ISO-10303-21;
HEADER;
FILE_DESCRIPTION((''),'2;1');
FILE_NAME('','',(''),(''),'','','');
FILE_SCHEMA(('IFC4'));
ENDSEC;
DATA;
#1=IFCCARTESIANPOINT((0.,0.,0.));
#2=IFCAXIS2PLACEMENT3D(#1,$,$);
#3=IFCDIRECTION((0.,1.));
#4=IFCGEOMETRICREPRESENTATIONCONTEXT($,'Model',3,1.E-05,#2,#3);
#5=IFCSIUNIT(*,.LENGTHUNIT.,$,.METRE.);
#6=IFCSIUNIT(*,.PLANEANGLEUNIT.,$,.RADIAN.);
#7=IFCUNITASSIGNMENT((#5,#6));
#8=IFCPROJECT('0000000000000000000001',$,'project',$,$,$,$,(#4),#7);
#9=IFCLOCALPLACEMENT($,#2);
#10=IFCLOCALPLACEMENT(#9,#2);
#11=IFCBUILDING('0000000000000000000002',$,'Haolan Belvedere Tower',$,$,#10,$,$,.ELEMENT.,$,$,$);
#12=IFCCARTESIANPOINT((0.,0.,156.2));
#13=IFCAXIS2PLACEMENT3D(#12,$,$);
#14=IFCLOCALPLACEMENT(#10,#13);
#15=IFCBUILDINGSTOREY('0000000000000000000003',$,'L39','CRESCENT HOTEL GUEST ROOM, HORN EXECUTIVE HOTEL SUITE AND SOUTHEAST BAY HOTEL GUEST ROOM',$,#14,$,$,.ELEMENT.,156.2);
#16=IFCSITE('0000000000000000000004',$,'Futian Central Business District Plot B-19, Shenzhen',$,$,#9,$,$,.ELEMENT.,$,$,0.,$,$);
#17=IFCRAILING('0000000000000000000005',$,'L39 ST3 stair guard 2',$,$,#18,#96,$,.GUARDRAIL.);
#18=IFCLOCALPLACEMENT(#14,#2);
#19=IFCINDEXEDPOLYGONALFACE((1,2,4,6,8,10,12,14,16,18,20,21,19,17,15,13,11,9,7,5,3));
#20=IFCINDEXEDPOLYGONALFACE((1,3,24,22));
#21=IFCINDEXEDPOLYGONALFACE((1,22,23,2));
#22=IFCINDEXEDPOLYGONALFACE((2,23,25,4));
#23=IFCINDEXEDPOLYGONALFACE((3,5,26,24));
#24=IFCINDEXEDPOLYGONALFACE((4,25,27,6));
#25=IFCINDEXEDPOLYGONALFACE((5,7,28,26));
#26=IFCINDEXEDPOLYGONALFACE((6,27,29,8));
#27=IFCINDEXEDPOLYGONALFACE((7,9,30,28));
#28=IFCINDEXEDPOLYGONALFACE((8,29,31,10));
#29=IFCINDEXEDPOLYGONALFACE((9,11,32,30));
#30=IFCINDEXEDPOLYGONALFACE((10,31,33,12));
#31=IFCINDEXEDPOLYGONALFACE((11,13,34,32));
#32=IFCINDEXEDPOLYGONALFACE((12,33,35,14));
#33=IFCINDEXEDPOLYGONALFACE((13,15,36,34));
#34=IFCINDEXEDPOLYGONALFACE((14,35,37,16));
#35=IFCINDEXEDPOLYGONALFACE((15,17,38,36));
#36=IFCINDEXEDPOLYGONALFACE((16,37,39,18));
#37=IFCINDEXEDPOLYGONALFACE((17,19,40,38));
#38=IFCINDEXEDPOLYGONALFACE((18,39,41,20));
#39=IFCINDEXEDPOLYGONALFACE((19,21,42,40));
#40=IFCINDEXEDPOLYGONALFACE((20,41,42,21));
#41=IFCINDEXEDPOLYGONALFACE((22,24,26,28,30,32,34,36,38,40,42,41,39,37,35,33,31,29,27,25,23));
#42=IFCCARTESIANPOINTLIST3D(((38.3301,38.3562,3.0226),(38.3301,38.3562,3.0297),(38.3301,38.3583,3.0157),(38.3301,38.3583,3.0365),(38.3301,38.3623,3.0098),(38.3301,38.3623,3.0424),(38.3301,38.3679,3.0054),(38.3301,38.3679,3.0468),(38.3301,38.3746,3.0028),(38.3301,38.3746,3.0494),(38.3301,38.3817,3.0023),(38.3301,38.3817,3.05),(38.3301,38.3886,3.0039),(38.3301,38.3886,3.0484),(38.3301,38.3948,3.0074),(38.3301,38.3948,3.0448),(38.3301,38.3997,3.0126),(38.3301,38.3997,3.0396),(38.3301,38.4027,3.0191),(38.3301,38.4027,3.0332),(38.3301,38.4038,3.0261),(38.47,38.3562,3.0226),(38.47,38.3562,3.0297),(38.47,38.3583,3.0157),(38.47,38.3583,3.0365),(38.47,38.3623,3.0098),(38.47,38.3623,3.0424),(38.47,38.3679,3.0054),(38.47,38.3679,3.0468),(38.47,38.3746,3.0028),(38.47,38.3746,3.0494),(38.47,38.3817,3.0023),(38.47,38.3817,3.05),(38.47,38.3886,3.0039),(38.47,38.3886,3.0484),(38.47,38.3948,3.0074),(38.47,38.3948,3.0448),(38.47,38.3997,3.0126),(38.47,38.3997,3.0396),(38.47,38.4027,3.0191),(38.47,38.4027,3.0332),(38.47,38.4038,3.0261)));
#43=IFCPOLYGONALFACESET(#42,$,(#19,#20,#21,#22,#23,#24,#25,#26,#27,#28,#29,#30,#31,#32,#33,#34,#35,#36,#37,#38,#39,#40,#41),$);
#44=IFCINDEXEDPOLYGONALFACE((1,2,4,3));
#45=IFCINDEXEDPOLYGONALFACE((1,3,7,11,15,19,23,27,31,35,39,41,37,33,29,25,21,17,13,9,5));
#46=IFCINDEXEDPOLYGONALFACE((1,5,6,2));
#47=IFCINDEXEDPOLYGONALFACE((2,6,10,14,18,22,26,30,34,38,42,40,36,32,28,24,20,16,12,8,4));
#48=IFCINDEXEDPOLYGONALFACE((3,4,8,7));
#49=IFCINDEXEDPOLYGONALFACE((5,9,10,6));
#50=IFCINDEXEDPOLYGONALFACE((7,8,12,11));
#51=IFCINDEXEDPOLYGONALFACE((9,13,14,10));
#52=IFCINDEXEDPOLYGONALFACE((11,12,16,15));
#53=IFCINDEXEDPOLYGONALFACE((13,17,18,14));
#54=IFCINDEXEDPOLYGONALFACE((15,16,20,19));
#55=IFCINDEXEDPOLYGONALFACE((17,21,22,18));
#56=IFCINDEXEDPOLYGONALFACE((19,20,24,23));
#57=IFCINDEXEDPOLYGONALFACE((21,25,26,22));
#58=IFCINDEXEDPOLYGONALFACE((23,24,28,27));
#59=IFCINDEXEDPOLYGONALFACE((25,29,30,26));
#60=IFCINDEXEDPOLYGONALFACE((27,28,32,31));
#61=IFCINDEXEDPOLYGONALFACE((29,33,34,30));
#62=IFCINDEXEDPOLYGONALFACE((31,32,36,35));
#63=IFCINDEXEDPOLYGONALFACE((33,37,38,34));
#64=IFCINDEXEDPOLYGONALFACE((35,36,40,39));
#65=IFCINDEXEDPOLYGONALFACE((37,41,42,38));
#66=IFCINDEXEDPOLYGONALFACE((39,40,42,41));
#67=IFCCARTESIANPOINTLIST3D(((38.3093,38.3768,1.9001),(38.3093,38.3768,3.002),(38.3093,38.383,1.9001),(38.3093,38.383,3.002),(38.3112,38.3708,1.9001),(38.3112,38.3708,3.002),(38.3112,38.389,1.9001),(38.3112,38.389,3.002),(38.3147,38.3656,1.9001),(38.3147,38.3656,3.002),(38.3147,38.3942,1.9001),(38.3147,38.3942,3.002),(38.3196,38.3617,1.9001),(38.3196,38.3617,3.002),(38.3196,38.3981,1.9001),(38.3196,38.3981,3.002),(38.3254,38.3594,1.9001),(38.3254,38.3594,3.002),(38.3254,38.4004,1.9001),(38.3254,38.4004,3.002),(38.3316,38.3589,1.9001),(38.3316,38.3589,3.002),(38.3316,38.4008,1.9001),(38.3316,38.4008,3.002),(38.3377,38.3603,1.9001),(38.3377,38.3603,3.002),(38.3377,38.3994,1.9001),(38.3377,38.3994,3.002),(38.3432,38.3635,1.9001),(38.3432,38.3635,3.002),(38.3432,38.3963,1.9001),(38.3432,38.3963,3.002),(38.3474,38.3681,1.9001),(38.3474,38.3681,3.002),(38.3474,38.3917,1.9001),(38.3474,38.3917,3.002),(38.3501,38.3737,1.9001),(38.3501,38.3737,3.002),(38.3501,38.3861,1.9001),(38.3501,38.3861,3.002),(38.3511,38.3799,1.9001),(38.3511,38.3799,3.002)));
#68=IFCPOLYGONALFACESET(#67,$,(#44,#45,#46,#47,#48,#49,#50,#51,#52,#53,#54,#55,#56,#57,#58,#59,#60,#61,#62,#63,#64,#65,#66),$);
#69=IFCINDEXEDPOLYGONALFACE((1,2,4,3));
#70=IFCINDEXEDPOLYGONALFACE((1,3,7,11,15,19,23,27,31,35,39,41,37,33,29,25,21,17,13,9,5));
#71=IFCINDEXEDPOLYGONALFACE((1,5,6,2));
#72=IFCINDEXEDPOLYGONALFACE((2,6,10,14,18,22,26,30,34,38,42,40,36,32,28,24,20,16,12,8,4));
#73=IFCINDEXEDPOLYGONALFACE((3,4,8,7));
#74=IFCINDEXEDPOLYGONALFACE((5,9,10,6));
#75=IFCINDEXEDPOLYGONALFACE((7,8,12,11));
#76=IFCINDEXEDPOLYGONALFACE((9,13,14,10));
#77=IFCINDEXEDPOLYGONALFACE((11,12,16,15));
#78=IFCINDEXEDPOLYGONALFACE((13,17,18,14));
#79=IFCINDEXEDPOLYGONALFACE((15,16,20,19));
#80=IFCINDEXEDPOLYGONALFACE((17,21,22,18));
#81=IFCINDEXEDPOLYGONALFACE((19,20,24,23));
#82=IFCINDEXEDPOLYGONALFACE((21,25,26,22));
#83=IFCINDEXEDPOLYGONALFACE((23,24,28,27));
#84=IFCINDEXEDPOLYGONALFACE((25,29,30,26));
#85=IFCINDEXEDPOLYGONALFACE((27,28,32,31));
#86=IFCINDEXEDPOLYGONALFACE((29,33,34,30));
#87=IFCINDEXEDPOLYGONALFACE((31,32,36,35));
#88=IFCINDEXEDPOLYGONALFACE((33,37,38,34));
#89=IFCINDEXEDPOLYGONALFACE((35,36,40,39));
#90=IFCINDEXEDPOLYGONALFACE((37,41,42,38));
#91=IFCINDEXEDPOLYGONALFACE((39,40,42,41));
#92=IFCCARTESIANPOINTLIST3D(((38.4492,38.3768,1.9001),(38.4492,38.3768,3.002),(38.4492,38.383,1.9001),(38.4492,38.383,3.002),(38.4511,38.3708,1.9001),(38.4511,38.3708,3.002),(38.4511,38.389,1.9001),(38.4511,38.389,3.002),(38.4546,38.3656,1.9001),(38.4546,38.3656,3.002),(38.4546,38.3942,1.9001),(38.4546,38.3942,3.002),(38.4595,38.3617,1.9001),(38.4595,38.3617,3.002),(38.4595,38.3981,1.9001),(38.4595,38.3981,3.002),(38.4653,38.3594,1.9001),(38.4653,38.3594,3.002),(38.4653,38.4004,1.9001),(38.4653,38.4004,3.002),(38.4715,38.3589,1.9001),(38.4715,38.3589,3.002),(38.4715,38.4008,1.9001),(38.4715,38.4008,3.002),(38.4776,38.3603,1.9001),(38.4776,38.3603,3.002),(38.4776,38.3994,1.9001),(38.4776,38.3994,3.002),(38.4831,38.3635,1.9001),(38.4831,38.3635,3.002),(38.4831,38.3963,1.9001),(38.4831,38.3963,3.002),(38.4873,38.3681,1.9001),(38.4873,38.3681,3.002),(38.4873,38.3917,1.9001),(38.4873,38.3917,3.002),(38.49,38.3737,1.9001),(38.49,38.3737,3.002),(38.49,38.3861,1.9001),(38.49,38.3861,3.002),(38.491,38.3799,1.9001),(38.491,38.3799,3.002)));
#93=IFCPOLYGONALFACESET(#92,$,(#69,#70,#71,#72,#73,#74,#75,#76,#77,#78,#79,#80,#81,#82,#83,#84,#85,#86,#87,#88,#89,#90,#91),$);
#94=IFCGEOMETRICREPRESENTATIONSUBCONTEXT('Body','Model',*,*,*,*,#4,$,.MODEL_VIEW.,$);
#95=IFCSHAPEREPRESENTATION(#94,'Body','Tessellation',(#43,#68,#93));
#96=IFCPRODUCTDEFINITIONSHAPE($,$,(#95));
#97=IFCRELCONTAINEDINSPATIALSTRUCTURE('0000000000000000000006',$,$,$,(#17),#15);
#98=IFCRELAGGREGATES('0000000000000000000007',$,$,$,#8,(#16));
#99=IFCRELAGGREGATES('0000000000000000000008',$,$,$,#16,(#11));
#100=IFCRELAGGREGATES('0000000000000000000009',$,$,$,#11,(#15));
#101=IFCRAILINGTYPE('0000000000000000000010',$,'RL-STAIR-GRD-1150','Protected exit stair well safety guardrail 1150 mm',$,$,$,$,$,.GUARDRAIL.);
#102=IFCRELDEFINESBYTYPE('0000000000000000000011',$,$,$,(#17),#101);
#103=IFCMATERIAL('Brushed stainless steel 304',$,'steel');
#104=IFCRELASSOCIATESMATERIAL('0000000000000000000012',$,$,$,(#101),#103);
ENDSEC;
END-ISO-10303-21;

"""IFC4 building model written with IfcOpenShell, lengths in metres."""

from ifc_helpers import new_model, si_unit, direction, frame, origin, origin_2d, place, context, subcontext, project, spatial, circle, extrude, material, type_object, element, save


model = new_model("IFC4")

# Units and contexts
model_context = context("Model", 3, precision=1e-05, world=origin(), true_north=direction((0.0, 1.0)))
body_context = subcontext(model_context, "Body", "Model", "MODEL_VIEW")
ifc_project = project(units=[si_unit("LENGTHUNIT", "METRE"), si_unit("PLANEANGLEUNIT", "RADIAN")], contexts=[model_context])

# Site, building, storey
site_placement = place(None, origin())
site = spatial("IfcSite", under=ifc_project, at=site_placement, Name="Futian Central Business District Plot B-19, Shenzhen", CompositionType="ELEMENT", RefElevation=0.0)
building_placement = place(site_placement, origin())
building = spatial("IfcBuilding", under=site, at=building_placement, Name="Haolan Belvedere Tower", CompositionType="ELEMENT")
storey_placement = place(building_placement, frame((0.0, 0.0, 156.2)))
storey = spatial("IfcBuildingStorey", under=building, at=storey_placement, Name="L39", Description="CRESCENT HOTEL GUEST ROOM, HORN EXECUTIVE HOTEL SUITE AND SOUTHEAST BAY HOTEL GUEST ROOM", CompositionType="ELEMENT", Elevation=156.2)

# Railing
ifc_material_1 = material(Name="Brushed stainless steel 304", Category="steel")
railing_type_1 = type_object("IfcRailingType", Name="RL-STAIR-GRD-1150", Description="Protected exit stair well safety guardrail 1150 mm", PredefinedType="GUARDRAIL", material=ifc_material_1)
railing_1_placement = place(storey_placement, frame((38.3301, 38.3799, 1.9001)))
element("IfcRailing", 1, at=railing_1_placement, inside=storey, type_object=railing_type_1, Name="L39 ST3 stair guard 2", PredefinedType="GUARDRAIL", context=body_context, shape_type="SweptSolid", body=[
    extrude(circle(Radius=0.0239, at=origin_2d()), frame((0.0, 0.0, 1.126), z_axis=(1.0, 0.0, 0.0), x_axis=(0.0, 1.0, 0.0)), (0.0, 0.0, 1.0), 0.1399),
    extrude(circle(Radius=0.021, at=origin_2d()), origin(), (0.0, 0.0, 1.0), 1.1018),
    extrude(circle(Radius=0.021, at=origin_2d()), frame((0.1399, 0.0, 0.0)), (0.0, 0.0, 1.0), 1.1018),
])

save(model, "model.ifc")
